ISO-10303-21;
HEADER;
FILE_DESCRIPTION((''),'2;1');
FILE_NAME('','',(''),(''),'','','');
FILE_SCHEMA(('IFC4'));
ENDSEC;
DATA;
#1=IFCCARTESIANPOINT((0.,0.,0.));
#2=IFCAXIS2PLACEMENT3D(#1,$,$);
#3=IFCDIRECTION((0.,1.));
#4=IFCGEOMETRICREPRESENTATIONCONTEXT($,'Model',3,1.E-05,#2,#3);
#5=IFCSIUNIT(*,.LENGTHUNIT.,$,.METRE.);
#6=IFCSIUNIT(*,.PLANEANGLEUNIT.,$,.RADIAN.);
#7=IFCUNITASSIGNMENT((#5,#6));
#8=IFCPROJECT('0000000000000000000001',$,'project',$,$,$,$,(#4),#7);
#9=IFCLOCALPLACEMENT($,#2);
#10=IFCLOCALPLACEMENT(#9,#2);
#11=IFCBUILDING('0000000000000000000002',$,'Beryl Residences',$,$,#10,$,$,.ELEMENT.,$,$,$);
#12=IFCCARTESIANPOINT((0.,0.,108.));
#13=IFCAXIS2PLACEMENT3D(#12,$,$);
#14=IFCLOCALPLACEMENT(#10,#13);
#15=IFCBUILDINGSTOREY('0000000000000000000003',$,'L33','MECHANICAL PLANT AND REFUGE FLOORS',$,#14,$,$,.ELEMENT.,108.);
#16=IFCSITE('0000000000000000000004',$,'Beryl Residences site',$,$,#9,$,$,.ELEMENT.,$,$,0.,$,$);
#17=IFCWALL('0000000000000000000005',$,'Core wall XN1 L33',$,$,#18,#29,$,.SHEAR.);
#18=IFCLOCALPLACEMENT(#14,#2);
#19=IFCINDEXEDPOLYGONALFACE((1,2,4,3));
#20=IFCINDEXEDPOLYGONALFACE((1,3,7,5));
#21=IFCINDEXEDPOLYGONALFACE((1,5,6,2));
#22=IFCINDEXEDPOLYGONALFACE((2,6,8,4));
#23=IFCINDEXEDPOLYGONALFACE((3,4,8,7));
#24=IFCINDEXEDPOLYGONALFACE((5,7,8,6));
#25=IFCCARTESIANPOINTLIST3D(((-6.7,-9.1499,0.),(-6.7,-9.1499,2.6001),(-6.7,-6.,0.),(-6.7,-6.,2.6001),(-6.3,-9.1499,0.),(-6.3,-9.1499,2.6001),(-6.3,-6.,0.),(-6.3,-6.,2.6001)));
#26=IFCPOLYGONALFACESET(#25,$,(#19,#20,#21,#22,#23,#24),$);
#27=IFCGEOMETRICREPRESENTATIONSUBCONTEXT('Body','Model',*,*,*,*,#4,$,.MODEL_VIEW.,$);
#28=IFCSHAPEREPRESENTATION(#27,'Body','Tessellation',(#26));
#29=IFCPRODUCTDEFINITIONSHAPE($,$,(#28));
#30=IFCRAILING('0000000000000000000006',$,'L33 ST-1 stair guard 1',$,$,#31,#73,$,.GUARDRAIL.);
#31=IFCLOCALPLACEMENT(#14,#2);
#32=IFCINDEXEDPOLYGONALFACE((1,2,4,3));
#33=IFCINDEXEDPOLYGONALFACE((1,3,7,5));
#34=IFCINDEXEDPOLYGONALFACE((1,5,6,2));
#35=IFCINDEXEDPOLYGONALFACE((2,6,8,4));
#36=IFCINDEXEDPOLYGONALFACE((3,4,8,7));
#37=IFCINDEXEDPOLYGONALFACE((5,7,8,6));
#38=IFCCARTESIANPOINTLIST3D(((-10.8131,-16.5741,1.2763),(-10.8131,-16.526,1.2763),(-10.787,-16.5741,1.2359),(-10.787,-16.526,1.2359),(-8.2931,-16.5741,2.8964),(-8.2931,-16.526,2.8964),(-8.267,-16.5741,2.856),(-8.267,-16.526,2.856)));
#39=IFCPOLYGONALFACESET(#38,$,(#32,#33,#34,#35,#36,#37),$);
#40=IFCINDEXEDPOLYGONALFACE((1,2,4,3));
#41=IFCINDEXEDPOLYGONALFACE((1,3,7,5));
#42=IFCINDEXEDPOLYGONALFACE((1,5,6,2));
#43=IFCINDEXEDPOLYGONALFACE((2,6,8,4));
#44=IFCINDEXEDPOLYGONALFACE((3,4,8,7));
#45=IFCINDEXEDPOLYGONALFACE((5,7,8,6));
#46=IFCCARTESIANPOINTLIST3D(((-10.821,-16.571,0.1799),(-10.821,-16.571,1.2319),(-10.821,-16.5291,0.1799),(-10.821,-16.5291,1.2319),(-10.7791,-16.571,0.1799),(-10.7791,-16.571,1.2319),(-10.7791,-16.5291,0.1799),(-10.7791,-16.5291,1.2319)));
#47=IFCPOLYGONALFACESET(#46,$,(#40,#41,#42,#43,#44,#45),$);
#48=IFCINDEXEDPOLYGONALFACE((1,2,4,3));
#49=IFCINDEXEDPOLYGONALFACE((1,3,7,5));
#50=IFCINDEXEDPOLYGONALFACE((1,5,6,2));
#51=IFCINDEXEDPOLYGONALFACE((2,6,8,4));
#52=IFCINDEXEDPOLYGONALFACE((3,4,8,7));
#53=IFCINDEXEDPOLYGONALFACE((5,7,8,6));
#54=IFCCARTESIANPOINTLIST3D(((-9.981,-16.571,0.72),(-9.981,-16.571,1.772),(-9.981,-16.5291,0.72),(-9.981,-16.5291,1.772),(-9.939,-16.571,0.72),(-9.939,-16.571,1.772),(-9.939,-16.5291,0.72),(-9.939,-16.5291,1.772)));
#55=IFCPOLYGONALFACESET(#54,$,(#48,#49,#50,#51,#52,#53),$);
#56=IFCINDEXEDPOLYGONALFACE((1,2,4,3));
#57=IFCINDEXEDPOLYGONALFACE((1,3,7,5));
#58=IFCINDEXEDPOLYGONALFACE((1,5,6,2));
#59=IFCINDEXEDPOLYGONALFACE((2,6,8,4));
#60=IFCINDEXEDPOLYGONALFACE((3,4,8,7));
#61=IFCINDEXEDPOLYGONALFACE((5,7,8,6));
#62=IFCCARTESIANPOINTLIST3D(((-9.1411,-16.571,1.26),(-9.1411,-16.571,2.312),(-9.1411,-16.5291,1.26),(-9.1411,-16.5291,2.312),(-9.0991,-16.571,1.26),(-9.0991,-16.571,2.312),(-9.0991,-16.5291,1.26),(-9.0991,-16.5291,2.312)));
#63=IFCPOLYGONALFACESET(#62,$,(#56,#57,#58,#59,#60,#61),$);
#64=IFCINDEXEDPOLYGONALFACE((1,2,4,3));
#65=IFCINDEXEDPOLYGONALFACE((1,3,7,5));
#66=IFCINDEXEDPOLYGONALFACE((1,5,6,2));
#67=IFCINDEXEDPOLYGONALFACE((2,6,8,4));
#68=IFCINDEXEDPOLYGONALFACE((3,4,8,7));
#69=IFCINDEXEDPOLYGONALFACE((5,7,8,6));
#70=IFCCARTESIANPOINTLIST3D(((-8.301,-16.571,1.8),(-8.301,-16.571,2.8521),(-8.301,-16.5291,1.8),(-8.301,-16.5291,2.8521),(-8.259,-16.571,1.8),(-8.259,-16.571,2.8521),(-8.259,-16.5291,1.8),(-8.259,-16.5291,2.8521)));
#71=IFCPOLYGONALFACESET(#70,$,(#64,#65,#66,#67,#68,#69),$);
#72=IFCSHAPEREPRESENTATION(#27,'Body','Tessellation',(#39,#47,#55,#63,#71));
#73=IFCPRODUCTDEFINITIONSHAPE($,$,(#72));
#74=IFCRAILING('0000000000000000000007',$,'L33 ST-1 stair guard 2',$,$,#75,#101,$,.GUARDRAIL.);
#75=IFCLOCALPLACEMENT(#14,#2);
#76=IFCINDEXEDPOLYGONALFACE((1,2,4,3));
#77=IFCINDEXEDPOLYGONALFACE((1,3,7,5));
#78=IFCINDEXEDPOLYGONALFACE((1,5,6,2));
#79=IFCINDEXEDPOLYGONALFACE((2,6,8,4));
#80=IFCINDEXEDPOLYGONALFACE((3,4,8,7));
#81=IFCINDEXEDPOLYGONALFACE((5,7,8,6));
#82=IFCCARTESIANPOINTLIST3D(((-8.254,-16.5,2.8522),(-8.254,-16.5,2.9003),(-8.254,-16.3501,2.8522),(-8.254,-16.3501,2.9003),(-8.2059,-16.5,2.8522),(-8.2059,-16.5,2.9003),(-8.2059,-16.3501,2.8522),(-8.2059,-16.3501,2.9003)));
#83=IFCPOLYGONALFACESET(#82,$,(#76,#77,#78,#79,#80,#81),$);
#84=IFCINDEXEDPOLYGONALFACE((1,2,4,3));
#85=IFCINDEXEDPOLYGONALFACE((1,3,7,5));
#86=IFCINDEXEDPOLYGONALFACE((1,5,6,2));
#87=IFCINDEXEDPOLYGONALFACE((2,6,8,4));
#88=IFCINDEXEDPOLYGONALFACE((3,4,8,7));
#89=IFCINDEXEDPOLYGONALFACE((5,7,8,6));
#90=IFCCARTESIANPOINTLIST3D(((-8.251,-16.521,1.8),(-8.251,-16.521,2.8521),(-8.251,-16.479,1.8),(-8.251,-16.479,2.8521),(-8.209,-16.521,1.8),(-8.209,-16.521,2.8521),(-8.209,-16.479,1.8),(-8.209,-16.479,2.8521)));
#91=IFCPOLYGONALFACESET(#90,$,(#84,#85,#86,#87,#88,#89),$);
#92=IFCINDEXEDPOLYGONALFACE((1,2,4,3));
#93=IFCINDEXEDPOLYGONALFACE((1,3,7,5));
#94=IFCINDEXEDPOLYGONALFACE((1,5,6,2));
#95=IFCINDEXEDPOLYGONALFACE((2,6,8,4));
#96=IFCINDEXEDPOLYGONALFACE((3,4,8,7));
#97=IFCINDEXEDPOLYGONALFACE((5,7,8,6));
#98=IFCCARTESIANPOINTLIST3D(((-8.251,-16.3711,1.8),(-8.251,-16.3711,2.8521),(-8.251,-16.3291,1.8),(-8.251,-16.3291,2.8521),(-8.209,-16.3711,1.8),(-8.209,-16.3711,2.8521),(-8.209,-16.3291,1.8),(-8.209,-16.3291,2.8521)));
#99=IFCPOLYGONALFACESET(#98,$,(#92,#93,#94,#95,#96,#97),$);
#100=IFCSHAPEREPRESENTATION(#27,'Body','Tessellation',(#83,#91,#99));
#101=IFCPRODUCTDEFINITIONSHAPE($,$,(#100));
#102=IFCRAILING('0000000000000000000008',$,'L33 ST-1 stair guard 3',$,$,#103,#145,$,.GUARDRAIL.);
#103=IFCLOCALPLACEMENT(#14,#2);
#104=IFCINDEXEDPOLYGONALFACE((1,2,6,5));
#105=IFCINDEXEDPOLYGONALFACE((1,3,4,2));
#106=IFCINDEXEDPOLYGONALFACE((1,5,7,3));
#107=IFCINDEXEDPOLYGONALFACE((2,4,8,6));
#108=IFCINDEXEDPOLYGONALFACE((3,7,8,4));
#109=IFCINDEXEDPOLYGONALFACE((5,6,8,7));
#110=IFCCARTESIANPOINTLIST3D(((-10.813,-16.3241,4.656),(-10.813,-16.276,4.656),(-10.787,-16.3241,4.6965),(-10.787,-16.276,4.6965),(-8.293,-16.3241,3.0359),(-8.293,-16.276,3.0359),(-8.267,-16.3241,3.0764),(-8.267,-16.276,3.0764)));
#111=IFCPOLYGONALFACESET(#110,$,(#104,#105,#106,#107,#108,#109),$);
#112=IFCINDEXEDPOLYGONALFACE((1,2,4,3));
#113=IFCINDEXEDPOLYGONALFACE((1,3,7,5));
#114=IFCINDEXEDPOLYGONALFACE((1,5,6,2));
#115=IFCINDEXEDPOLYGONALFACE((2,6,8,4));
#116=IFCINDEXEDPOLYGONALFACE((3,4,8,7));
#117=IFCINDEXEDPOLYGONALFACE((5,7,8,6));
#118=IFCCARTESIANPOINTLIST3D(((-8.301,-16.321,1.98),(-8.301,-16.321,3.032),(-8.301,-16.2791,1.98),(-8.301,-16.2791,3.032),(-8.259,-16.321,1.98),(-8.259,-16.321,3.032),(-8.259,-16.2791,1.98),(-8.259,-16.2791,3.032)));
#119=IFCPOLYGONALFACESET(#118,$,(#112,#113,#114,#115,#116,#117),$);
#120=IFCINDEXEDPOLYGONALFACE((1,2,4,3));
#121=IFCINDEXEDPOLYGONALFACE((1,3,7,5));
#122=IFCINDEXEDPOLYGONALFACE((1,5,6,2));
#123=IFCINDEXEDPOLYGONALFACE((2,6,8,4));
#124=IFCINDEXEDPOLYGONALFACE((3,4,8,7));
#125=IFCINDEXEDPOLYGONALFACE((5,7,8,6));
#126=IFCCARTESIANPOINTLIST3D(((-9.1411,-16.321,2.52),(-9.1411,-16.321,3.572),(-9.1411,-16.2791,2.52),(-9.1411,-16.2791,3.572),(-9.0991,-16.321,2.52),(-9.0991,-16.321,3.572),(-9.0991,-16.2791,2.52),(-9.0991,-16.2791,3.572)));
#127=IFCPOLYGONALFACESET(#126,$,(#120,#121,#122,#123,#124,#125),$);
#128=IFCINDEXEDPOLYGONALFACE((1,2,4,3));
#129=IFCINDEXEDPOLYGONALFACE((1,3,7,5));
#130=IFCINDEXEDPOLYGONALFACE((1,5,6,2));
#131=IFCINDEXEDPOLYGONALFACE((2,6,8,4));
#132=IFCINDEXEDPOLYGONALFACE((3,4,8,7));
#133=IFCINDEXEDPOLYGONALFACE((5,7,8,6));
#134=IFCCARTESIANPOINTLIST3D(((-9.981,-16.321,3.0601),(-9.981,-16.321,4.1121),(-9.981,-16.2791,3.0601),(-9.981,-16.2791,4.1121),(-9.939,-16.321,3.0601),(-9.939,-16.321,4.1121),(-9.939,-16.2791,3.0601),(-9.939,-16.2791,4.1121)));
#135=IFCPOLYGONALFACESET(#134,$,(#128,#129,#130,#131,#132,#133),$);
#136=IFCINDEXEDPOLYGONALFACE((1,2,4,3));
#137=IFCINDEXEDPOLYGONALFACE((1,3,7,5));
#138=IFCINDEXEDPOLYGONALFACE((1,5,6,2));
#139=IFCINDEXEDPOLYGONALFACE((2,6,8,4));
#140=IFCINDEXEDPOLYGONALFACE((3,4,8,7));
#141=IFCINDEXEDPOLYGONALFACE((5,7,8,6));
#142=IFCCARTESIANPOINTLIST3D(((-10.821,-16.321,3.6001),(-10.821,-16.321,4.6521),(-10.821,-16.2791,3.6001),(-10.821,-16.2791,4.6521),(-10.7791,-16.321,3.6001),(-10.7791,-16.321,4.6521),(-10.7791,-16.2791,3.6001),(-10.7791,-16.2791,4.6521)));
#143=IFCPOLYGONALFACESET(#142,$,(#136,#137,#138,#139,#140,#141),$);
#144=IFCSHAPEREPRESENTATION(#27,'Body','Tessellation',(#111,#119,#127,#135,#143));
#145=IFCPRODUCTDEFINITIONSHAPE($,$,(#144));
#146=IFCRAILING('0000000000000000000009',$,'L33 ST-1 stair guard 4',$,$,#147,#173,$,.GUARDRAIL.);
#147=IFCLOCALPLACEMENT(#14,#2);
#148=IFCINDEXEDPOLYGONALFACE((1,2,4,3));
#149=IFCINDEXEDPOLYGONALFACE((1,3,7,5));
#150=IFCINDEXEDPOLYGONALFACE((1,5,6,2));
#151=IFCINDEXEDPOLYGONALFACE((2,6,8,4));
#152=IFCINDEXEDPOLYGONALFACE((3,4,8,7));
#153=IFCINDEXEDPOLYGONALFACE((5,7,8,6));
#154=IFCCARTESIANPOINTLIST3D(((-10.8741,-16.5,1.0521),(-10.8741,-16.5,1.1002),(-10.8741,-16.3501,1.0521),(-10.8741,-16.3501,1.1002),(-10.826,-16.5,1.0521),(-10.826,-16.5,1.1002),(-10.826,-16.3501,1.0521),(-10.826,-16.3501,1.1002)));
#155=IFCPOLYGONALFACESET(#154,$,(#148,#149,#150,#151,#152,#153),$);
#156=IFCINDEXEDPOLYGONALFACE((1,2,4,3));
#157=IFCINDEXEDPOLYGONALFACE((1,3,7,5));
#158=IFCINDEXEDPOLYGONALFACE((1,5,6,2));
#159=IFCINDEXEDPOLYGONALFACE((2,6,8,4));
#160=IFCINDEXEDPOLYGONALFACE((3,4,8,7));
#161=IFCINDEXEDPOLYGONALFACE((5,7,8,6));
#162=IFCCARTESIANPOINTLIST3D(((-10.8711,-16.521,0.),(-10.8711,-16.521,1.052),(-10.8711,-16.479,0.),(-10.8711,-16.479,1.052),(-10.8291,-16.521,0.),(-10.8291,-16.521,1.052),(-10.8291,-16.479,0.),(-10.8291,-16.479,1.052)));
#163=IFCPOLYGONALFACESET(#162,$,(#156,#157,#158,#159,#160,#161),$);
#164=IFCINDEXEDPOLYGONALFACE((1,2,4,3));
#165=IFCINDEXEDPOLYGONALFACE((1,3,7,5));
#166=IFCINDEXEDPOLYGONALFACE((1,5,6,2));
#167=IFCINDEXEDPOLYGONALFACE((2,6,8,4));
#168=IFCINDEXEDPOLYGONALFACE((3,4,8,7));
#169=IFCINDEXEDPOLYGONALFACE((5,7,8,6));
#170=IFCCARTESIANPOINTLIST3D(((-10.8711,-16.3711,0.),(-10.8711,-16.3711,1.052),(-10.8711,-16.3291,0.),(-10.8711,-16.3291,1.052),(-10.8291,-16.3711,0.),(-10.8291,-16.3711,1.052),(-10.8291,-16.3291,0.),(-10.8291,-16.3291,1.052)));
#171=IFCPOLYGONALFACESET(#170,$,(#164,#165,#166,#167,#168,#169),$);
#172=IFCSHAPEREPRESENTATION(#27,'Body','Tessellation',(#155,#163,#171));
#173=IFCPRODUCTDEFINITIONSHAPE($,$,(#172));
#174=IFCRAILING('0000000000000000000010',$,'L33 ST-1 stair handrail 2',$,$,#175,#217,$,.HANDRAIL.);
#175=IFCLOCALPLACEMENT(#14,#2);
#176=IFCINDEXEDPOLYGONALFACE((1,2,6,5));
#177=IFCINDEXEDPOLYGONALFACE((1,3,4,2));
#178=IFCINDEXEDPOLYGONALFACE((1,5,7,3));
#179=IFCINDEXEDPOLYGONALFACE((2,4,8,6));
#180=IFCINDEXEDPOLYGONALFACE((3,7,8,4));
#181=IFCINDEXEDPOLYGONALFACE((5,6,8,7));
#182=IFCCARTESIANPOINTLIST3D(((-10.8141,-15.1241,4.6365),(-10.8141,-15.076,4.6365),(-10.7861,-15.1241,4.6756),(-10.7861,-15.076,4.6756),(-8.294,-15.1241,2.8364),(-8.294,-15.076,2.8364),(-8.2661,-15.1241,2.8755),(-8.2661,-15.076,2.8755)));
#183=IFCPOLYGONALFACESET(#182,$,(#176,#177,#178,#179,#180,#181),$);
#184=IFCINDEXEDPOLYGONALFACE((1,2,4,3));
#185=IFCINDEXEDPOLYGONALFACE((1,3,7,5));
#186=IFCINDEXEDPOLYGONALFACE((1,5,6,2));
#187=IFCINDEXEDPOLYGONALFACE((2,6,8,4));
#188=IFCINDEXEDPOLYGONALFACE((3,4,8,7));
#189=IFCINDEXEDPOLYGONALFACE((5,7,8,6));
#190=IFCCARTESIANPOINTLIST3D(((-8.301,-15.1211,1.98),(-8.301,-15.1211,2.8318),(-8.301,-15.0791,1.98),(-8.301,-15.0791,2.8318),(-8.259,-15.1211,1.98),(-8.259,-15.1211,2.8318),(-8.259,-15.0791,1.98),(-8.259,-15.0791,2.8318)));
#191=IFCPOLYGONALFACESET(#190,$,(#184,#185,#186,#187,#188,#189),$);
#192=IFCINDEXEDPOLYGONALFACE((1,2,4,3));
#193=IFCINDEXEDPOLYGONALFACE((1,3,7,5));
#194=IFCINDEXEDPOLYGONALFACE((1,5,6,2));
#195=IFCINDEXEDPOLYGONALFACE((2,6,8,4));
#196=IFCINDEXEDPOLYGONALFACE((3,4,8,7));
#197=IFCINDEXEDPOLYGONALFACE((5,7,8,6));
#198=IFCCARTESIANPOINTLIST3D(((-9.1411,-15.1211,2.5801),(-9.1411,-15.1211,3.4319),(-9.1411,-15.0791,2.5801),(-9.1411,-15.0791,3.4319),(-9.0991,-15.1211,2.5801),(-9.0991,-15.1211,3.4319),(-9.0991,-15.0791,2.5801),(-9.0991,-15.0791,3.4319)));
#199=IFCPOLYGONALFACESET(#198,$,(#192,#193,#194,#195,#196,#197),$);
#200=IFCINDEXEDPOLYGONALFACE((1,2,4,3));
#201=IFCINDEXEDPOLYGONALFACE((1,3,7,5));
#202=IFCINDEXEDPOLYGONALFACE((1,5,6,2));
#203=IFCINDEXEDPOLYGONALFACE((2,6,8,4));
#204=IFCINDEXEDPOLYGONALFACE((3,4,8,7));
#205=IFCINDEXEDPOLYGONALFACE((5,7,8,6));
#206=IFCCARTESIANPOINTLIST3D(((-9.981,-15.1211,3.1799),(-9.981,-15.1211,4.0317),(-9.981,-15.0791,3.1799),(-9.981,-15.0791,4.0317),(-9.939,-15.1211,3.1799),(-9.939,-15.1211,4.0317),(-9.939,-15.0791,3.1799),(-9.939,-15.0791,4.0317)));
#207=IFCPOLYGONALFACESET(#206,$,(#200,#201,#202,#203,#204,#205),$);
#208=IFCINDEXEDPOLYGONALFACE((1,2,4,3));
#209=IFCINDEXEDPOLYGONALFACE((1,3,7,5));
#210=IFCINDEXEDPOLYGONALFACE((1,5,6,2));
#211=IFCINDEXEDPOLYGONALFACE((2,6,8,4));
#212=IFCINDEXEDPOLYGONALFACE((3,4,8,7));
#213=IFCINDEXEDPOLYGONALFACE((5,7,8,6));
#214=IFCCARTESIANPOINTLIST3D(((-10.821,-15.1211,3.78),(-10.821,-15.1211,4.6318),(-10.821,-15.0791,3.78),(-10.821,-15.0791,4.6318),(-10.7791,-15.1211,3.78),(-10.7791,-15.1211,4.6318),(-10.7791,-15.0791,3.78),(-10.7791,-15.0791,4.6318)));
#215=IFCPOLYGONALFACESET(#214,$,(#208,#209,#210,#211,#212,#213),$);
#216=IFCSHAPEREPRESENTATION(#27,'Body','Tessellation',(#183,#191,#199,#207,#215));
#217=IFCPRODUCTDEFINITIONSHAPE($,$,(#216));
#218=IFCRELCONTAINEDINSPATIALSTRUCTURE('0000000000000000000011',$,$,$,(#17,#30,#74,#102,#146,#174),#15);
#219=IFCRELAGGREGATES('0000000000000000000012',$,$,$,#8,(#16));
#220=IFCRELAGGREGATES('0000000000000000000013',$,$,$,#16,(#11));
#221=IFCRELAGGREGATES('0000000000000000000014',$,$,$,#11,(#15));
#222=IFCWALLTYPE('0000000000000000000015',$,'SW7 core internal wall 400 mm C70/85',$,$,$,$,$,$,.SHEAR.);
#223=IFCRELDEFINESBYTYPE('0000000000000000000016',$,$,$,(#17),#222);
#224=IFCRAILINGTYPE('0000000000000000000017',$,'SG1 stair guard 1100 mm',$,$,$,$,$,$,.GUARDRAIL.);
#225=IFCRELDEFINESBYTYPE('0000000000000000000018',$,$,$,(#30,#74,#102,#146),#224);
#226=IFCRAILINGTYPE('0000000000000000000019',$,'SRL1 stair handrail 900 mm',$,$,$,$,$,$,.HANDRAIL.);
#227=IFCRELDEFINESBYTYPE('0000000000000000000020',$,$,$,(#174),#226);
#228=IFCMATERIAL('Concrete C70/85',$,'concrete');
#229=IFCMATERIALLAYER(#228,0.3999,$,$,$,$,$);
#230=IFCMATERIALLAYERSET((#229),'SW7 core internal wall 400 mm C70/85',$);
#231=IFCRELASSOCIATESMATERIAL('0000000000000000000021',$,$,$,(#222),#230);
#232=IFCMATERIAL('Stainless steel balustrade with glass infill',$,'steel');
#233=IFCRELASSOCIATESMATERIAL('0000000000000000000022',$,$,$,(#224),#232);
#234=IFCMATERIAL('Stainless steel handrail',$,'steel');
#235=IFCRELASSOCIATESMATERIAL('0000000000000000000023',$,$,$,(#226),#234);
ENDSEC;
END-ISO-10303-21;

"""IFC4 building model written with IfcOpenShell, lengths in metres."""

from ifc_helpers import new_model, si_unit, direction, frame, frame_2d, origin, origin_2d, place, context, subcontext, project, spatial, rectangle, extrude, material, layer, layer_set, type_object, element, save


model = new_model("IFC4")

# Units and contexts
model_context = context("Model", 3, precision=1e-05, world=origin(), true_north=direction((0.0, 1.0)))
body_context = subcontext(model_context, "Body", "Model", "MODEL_VIEW")
ifc_project = project(units=[si_unit("LENGTHUNIT", "METRE"), si_unit("PLANEANGLEUNIT", "RADIAN")], contexts=[model_context])

# Site, building, storey
site_placement = place(None, origin())
site = spatial("IfcSite", under=ifc_project, at=site_placement, Name="Beryl Residences site", CompositionType="ELEMENT", RefElevation=0.0)
building_placement = place(site_placement, origin())
building = spatial("IfcBuilding", under=site, at=building_placement, Name="Beryl Residences", CompositionType="ELEMENT")
storey_placement = place(building_placement, frame((0.0, 0.0, 108.0)))
storey = spatial("IfcBuildingStorey", under=building, at=storey_placement, Name="L33", Description="MECHANICAL PLANT AND REFUGE FLOORS", CompositionType="ELEMENT", Elevation=108.0)

# Shared definitions
ifc_material_1 = material(Name="Concrete C70/85", Category="concrete")
ifc_layer_1 = layer(ifc_material_1, 0.3999)
ifc_layer_set_1 = layer_set([ifc_layer_1], Name="SW7 core internal wall 400 mm C70/85")
wall_type_1 = type_object("IfcWallType", Name="SW7 core internal wall 400 mm C70/85", PredefinedType="SHEAR", material=ifc_layer_set_1)

# Wall
wall_1_placement = place(storey_placement, frame((-6.5, -9.1499, 0.0), z_axis=(0.0, 0.0, 1.0), x_axis=(0.0, 1.0, 0.0)))
element("IfcWall", 1, at=wall_1_placement, inside=storey, type_object=wall_type_1, Name="Core wall XN1 L33", PredefinedType="SHEAR", context=body_context, shape_type="SweptSolid", body=[
    extrude(rectangle(XDim=3.1499, YDim=0.3999, at=frame_2d((1.575, 0.0))), origin(), (0.0, 0.0, 1.0), 2.6001),
])

# Railings
ifc_material_2 = material(Name="Stainless steel balustrade with glass infill", Category="steel")
railing_type_1 = type_object("IfcRailingType", Name="SG1 stair guard 1100 mm", PredefinedType="GUARDRAIL", material=ifc_material_2)
railing_1_placement = place(storey_placement, frame((-10.8, -16.55, 0.1799)))
element("IfcRailing", 2, at=railing_1_placement, inside=storey, type_object=railing_type_1, Name="L33 ST-1 stair guard 1", PredefinedType="GUARDRAIL", context=body_context, shape_type="SweptSolid", body=[
    extrude(rectangle(XDim=0.0481, YDim=0.0481, at=origin_2d()), frame((0.0, 0.0, 1.0762), z_axis=(0.841163, 0.0, 0.540782), x_axis=(0.0, 1.0, 0.0)), (0.0, 0.0, 1.0), 2.9958),
    extrude(rectangle(XDim=0.042, YDim=0.042, at=origin_2d()), origin(), (0.0, 0.0, 1.0), 1.052),
    extrude(rectangle(XDim=0.042, YDim=0.042, at=origin_2d()), frame((0.8401, 0.0, 0.54)), (0.0, 0.0, 1.0), 1.052),
    extrude(rectangle(XDim=0.042, YDim=0.042, at=origin_2d()), frame((1.6799, 0.0, 1.0801)), (0.0, 0.0, 1.0), 1.052),
    extrude(rectangle(XDim=0.042, YDim=0.042, at=origin_2d()), frame((2.52, 0.0, 1.6201)), (0.0, 0.0, 1.0), 1.052),
])
railing_2_placement = place(storey_placement, frame((-8.23, -16.5, 1.8)))
element("IfcRailing", 3, at=railing_2_placement, inside=storey, type_object=railing_type_1, Name="L33 ST-1 stair guard 2", PredefinedType="GUARDRAIL", context=body_context, shape_type="SweptSolid", body=[
    extrude(rectangle(XDim=0.0481, YDim=0.0481, at=origin_2d()), frame((0.0, 0.0, 1.0762), z_axis=(0.0, 1.0, 0.0), x_axis=(-1.0, 0.0, 0.0)), (0.0, 0.0, 1.0), 0.1499),
    extrude(rectangle(XDim=0.042, YDim=0.042, at=origin_2d()), origin(), (0.0, 0.0, 1.0), 1.052),
    extrude(rectangle(XDim=0.042, YDim=0.042, at=origin_2d()), frame((0.0, 0.1499, 0.0)), (0.0, 0.0, 1.0), 1.052),
])
railing_3_placement = place(storey_placement, frame((-8.28, -16.3, 1.98)))
element("IfcRailing", 4, at=railing_3_placement, inside=storey, type_object=railing_type_1, Name="L33 ST-1 stair guard 3", PredefinedType="GUARDRAIL", context=body_context, shape_type="SweptSolid", body=[
    extrude(rectangle(XDim=0.0481, YDim=0.0481, at=origin_2d()), frame((0.0, 0.0, 1.0762), z_axis=(-0.841163, 0.0, 0.540782), x_axis=(0.0, -1.0, 0.0)), (0.0, 0.0, 1.0), 2.9958),
    extrude(rectangle(XDim=0.042, YDim=0.042, at=origin_2d()), origin(), (0.0, 0.0, 1.0), 1.052),
    extrude(rectangle(XDim=0.042, YDim=0.042, at=origin_2d()), frame((-0.8401, 0.0, 0.54)), (0.0, 0.0, 1.0), 1.052),
    extrude(rectangle(XDim=0.042, YDim=0.042, at=origin_2d()), frame((-1.6799, 0.0, 1.0801)), (0.0, 0.0, 1.0), 1.052),
    extrude(rectangle(XDim=0.042, YDim=0.042, at=origin_2d()), frame((-2.52, 0.0, 1.6201)), (0.0, 0.0, 1.0), 1.052),
])
railing_4_placement = place(storey_placement, frame((-10.8501, -16.5, 0.0)))
element("IfcRailing", 5, at=railing_4_placement, inside=storey, type_object=railing_type_1, Name="L33 ST-1 stair guard 4", PredefinedType="GUARDRAIL", context=body_context, shape_type="SweptSolid", body=[
    extrude(rectangle(XDim=0.0481, YDim=0.0481, at=origin_2d()), frame((0.0, 0.0, 1.0762), z_axis=(0.0, 1.0, 0.0), x_axis=(-1.0, 0.0, 0.0)), (0.0, 0.0, 1.0), 0.1499),
    extrude(rectangle(XDim=0.042, YDim=0.042, at=origin_2d()), origin(), (0.0, 0.0, 1.0), 1.052),
    extrude(rectangle(XDim=0.042, YDim=0.042, at=origin_2d()), frame((0.0, 0.1499, 0.0)), (0.0, 0.0, 1.0), 1.052),
])
ifc_material_3 = material(Name="Stainless steel handrail", Category="steel")
railing_type_2 = type_object("IfcRailingType", Name="SRL1 stair handrail 900 mm", PredefinedType="HANDRAIL", material=ifc_material_3)
railing_5_placement = place(storey_placement, frame((-8.28, -15.1001, 1.98)))
element("IfcRailing", 6, at=railing_5_placement, inside=storey, type_object=railing_type_2, Name="L33 ST-1 stair handrail 2", PredefinedType="HANDRAIL", context=body_context, shape_type="SweptSolid", body=[
    extrude(rectangle(XDim=0.0481, YDim=0.0481, at=origin_2d()), frame((0.0, 0.0, 0.876), z_axis=(-0.813728, 0.0, 0.581246), x_axis=(0.0, -1.0, 0.0)), (0.0, 0.0, 1.0), 3.0969),
    extrude(rectangle(XDim=0.042, YDim=0.042, at=origin_2d()), origin(), (0.0, 0.0, 1.0), 0.8518),
    extrude(rectangle(XDim=0.042, YDim=0.042, at=origin_2d()), frame((-0.8401, 0.0, 0.6001)), (0.0, 0.0, 1.0), 0.8518),
    extrude(rectangle(XDim=0.042, YDim=0.042, at=origin_2d()), frame((-1.6799, 0.0, 1.2)), (0.0, 0.0, 1.0), 0.8518),
    extrude(rectangle(XDim=0.042, YDim=0.042, at=origin_2d()), frame((-2.52, 0.0, 1.8)), (0.0, 0.0, 1.0), 0.8518),
])

save(model, "model.ifc")
